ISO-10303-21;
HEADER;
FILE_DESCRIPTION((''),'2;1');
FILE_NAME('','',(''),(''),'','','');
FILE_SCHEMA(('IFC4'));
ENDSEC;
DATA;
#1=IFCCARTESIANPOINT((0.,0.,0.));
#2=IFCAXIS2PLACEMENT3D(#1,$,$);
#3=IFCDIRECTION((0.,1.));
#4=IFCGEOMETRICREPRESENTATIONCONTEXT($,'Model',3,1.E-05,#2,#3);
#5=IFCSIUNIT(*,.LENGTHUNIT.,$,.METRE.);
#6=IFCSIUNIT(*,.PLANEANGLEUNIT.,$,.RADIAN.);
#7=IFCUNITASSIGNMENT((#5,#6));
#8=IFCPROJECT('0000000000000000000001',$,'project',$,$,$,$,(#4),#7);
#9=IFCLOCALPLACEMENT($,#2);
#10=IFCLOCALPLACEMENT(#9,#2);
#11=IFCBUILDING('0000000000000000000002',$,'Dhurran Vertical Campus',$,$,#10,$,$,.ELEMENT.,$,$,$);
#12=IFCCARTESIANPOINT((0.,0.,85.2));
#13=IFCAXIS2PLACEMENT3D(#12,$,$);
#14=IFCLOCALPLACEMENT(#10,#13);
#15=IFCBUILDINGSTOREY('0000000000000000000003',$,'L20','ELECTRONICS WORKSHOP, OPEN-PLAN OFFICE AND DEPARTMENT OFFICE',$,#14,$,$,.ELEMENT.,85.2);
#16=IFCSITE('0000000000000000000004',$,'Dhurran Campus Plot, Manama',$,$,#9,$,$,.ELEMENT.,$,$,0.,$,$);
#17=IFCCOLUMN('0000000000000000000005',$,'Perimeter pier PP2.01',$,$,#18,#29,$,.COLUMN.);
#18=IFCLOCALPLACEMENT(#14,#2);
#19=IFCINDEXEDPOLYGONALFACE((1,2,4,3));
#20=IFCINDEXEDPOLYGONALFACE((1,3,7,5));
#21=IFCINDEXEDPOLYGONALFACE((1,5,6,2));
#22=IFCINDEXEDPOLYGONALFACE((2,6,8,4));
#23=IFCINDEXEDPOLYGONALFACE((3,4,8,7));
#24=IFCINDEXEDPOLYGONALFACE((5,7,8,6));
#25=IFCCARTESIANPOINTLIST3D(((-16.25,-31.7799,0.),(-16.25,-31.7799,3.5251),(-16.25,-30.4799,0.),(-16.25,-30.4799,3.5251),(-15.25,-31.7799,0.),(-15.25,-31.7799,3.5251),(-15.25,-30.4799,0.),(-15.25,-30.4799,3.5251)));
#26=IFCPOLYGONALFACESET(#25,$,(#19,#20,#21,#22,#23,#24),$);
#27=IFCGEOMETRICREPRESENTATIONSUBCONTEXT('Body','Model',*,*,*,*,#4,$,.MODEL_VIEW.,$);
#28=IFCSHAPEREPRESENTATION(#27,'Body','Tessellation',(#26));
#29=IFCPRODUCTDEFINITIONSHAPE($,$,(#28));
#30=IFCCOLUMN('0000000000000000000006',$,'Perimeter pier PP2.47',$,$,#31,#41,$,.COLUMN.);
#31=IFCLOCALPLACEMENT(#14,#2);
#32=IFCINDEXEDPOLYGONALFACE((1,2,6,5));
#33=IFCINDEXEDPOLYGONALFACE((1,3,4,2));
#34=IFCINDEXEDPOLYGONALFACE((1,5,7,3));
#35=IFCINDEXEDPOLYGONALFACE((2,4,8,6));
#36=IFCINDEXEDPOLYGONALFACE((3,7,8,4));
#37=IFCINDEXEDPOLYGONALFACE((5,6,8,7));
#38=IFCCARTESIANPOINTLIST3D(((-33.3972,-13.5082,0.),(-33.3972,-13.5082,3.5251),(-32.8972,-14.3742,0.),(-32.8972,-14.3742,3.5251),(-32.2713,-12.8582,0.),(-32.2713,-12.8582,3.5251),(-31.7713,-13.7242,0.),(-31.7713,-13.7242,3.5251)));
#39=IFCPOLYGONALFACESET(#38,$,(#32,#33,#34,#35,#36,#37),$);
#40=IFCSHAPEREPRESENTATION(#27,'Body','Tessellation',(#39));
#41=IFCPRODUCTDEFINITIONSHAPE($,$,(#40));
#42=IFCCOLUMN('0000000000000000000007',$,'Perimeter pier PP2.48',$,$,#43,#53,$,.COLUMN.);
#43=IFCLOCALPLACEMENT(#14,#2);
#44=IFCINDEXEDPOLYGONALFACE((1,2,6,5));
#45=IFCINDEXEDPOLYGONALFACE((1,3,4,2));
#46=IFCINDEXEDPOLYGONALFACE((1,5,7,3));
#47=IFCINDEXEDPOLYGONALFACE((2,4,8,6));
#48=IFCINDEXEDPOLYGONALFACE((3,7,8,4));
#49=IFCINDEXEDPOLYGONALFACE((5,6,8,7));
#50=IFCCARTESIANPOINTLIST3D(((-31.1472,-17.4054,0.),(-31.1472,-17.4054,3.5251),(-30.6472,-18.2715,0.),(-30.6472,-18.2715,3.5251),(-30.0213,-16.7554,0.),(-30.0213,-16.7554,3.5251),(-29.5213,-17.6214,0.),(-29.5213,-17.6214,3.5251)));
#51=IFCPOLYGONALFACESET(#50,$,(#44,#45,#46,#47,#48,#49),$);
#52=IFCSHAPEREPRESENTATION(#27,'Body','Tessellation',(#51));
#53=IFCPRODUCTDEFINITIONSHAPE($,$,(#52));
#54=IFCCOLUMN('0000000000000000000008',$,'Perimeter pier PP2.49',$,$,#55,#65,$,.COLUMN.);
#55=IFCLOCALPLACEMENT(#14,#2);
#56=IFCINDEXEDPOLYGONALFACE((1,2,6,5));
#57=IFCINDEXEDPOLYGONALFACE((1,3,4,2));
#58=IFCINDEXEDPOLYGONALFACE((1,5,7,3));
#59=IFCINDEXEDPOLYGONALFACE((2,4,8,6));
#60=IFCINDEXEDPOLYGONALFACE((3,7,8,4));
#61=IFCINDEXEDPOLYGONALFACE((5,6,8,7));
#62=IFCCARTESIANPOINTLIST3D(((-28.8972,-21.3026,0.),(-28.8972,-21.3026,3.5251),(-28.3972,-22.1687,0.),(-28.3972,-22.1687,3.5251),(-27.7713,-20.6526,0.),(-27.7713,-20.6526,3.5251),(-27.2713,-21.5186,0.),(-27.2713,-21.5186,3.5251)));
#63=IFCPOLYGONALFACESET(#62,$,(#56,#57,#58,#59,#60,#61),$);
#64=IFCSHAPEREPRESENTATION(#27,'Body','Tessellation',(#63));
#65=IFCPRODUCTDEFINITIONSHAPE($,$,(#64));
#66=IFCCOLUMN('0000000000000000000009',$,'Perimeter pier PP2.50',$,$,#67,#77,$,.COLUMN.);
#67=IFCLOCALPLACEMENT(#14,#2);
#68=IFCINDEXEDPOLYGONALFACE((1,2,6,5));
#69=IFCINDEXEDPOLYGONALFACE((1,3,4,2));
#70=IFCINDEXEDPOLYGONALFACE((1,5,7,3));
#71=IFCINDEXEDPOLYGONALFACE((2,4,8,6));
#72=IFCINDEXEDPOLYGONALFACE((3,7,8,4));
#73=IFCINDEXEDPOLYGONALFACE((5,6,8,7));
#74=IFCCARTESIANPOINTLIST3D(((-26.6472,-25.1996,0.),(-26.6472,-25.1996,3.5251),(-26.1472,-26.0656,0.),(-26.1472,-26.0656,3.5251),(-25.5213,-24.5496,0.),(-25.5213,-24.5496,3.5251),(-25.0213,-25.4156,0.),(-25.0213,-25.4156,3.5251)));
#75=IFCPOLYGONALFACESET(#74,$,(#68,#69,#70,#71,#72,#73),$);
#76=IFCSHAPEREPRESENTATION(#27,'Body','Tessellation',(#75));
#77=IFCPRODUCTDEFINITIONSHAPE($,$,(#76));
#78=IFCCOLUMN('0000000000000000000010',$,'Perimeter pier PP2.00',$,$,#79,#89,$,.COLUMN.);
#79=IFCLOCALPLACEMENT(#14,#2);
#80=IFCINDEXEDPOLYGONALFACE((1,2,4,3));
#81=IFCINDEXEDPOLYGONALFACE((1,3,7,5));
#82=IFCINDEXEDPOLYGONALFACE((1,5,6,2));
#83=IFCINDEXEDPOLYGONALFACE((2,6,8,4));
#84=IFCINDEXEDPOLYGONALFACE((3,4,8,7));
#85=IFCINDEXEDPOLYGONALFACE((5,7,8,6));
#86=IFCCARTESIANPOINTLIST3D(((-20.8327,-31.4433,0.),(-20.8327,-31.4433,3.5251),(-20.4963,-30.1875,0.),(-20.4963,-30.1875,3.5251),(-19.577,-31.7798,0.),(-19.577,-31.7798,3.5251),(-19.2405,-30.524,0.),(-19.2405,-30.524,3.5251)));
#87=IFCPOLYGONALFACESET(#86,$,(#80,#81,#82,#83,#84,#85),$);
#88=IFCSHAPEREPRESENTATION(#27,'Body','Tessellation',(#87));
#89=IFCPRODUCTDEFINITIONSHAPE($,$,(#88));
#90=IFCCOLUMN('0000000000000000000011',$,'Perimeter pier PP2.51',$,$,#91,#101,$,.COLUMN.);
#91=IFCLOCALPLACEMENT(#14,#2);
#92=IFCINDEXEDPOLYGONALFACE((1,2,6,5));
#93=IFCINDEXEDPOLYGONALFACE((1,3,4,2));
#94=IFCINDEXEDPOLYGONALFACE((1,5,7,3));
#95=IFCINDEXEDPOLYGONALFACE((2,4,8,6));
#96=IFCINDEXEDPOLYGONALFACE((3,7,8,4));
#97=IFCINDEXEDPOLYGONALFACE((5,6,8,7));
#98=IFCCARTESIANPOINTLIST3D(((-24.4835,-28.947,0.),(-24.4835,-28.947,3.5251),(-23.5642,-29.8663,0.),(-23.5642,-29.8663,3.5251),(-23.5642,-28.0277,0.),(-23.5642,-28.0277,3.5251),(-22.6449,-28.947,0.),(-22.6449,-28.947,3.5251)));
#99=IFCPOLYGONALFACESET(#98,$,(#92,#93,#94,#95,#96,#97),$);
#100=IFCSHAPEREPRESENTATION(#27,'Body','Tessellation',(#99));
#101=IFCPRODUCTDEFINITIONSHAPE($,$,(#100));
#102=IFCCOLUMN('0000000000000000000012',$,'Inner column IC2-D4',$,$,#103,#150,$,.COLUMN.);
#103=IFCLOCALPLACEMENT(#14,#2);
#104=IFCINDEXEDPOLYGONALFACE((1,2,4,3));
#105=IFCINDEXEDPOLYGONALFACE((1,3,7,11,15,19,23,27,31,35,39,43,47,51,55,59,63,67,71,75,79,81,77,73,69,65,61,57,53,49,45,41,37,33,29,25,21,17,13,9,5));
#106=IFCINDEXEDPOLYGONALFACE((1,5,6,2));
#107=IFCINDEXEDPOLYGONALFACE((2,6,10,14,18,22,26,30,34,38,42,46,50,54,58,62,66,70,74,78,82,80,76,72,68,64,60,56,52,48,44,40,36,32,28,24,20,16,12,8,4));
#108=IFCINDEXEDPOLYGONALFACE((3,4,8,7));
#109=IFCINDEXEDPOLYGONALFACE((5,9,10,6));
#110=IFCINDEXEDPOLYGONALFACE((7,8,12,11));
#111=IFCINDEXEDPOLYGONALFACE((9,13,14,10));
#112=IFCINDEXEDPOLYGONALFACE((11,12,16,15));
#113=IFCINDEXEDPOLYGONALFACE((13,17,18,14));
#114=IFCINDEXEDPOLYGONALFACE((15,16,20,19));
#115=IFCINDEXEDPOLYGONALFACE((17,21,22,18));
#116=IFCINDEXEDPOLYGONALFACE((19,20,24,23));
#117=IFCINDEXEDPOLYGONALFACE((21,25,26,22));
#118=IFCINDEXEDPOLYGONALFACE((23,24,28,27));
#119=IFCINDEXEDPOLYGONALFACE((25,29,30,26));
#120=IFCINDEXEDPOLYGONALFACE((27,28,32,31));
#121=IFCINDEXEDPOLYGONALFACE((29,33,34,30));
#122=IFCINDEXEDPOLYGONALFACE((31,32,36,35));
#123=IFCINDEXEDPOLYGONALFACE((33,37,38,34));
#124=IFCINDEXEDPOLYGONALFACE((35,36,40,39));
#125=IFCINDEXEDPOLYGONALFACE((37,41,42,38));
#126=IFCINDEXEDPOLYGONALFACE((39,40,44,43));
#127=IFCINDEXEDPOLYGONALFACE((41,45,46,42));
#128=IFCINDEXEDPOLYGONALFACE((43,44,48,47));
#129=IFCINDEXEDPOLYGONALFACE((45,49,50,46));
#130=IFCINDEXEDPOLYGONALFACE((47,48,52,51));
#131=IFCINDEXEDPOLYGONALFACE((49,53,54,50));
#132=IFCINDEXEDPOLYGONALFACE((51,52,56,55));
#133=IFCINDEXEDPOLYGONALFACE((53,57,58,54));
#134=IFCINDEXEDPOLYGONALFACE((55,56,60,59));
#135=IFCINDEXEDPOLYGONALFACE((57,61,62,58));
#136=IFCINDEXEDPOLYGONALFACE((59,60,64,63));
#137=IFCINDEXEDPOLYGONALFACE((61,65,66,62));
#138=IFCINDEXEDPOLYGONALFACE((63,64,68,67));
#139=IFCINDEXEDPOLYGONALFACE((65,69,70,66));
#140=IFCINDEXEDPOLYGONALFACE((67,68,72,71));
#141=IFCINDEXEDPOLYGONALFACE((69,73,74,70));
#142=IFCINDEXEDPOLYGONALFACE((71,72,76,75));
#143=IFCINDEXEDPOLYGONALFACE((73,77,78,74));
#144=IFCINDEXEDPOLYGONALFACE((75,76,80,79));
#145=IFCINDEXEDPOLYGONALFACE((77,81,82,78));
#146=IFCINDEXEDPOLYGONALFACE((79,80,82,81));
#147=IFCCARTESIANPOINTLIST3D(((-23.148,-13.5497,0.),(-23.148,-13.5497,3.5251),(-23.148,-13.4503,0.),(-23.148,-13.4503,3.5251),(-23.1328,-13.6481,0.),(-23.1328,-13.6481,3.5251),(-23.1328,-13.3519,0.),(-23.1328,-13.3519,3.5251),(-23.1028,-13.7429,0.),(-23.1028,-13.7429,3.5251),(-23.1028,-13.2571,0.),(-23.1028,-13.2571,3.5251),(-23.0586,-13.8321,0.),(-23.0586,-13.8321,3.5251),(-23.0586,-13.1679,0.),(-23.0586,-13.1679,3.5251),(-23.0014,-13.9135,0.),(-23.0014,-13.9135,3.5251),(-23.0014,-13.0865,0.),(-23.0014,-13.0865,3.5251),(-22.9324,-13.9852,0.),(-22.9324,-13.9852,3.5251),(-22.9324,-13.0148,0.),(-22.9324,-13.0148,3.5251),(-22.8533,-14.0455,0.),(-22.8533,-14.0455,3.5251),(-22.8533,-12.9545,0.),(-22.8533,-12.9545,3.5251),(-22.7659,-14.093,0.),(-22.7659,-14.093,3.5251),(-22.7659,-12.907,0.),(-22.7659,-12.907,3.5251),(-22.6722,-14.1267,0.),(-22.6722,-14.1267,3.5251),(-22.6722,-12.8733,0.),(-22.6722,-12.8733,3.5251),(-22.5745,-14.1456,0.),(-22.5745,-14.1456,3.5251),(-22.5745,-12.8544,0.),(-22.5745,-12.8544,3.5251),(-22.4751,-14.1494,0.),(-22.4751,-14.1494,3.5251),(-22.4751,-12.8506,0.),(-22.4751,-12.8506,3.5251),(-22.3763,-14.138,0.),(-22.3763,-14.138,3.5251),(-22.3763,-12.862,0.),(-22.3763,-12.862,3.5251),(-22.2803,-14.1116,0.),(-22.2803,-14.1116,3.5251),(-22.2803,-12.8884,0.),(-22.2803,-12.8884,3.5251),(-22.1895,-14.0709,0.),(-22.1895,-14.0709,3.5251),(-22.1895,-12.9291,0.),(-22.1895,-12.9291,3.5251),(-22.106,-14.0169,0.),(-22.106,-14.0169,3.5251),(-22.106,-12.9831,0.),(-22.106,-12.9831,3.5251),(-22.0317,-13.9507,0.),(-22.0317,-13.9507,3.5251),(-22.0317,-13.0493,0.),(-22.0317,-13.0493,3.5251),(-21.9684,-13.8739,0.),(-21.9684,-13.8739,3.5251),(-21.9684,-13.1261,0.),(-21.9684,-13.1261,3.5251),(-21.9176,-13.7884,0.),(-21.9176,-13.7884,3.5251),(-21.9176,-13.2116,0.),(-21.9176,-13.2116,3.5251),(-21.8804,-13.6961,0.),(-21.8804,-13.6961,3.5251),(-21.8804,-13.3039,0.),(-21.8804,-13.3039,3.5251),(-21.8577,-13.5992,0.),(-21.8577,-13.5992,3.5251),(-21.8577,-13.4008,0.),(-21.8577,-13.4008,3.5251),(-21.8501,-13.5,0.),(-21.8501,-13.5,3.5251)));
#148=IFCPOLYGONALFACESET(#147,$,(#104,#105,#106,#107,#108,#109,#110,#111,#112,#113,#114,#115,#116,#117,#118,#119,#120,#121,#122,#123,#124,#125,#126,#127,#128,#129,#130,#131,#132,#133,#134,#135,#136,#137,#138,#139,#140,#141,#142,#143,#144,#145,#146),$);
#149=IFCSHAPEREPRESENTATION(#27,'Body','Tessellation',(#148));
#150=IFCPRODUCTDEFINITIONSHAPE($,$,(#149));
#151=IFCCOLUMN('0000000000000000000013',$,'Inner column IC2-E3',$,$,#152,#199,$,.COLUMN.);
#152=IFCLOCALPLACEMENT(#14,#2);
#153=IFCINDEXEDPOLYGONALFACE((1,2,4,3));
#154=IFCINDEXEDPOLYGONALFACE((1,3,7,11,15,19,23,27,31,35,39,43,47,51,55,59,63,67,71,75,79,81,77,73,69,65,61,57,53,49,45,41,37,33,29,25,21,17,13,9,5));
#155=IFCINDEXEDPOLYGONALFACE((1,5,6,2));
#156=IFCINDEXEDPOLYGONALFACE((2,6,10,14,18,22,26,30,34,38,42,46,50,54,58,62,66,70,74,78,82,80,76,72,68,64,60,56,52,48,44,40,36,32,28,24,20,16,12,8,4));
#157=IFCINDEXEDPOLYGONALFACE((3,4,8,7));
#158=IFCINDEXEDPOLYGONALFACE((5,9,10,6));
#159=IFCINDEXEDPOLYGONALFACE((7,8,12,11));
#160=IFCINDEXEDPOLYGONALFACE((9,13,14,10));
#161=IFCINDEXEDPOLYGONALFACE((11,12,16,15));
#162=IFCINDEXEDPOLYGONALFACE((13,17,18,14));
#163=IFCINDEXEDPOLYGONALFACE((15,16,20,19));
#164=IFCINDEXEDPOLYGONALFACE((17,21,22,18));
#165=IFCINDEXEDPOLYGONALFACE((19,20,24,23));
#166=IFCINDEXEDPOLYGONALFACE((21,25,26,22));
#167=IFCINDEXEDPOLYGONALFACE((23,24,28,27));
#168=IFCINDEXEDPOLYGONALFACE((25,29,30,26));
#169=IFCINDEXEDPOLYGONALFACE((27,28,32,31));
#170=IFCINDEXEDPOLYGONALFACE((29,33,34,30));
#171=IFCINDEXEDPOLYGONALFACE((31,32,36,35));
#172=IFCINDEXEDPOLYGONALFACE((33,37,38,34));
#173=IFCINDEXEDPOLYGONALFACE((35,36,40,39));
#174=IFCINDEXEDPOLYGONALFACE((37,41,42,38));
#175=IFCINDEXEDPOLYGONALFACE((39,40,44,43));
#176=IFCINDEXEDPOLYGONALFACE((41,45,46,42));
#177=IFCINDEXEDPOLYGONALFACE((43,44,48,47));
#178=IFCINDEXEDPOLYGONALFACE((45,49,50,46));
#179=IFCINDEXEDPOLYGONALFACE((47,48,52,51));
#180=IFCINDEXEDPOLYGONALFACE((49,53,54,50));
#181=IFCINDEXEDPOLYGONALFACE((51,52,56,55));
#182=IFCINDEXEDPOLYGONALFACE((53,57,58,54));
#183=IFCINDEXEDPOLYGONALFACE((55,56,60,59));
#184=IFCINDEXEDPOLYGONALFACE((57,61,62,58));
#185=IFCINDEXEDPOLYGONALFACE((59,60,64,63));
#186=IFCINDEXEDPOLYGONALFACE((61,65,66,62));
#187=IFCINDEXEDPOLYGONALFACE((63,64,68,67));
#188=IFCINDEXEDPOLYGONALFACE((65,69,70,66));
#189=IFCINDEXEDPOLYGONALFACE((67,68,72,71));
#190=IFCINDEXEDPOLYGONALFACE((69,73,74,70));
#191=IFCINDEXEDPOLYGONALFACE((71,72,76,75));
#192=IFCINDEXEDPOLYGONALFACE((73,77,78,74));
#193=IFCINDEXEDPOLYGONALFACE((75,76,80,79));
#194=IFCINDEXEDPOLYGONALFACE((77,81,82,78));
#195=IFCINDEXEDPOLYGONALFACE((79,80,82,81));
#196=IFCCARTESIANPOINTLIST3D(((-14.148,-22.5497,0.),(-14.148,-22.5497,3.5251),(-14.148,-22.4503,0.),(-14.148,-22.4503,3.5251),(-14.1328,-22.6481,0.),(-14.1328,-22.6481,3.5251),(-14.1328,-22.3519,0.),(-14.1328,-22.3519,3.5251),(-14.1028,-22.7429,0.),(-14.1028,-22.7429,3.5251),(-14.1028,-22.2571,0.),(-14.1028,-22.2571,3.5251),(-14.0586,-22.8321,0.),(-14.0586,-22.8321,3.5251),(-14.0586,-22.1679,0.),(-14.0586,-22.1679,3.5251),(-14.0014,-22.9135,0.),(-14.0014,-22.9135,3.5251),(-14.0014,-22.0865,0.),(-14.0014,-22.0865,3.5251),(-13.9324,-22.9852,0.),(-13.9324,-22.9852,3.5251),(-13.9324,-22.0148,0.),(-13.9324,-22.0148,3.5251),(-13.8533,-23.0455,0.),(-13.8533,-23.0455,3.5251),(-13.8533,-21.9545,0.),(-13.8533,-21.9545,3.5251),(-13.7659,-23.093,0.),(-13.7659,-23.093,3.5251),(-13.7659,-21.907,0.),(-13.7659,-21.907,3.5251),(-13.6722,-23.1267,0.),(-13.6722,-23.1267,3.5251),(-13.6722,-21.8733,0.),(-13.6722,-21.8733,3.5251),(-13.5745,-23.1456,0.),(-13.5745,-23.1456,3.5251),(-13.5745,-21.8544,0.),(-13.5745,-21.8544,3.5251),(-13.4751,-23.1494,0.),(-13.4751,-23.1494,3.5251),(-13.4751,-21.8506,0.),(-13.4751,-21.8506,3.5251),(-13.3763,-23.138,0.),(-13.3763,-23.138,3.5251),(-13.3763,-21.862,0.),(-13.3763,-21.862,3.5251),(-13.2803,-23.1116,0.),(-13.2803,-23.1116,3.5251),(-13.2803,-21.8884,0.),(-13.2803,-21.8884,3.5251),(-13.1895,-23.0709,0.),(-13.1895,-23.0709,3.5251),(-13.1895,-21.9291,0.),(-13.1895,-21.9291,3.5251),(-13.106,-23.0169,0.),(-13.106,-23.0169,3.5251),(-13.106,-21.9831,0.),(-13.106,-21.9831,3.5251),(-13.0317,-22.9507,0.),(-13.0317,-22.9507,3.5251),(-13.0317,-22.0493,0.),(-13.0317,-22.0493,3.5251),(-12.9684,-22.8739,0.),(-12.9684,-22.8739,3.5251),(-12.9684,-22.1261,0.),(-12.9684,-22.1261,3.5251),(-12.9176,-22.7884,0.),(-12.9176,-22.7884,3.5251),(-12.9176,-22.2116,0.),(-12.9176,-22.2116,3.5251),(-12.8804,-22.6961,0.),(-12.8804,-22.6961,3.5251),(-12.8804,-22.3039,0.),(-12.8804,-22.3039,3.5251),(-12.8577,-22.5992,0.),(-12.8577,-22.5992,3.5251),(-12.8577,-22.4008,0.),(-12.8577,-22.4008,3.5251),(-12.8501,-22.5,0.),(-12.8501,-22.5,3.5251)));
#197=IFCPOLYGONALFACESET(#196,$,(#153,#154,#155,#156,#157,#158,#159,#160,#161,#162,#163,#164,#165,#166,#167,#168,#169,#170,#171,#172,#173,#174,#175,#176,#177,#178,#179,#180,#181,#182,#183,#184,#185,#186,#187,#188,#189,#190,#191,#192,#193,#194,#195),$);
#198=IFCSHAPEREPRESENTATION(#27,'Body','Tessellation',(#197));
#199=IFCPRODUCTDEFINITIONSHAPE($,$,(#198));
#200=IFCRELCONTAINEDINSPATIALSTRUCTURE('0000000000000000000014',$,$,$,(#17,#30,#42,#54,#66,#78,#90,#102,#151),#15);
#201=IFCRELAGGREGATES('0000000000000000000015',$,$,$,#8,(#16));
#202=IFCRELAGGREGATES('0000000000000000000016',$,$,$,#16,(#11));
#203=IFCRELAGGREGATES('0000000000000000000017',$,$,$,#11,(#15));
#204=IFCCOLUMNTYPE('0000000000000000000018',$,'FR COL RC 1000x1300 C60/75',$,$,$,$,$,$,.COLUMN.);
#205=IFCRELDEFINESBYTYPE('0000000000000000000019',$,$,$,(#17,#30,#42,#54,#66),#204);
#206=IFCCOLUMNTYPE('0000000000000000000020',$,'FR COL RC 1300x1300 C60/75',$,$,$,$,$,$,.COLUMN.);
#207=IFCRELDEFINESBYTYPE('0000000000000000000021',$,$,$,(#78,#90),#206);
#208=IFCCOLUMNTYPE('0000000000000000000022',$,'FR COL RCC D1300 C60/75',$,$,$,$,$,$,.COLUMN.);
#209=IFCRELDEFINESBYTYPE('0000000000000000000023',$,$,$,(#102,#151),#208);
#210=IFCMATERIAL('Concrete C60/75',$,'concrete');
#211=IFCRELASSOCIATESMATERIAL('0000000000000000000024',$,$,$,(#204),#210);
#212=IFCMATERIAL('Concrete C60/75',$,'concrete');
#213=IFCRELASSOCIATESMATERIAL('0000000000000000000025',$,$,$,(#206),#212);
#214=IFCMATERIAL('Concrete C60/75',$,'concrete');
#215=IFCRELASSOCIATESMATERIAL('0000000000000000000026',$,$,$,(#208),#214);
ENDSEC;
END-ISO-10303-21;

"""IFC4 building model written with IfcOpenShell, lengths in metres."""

from ifc_helpers import new_model, si_unit, direction, frame, origin, origin_2d, place, context, subcontext, project, spatial, rectangle, circle, extrude, material, material_profile, profile_set, type_object, element, save


model = new_model("IFC4")

# Units and contexts
model_context = context("Model", 3, precision=1e-05, world=origin(), true_north=direction((0.0, 1.0)))
body_context = subcontext(model_context, "Body", "Model", "MODEL_VIEW")
ifc_project = project(units=[si_unit("LENGTHUNIT", "METRE"), si_unit("PLANEANGLEUNIT", "RADIAN")], contexts=[model_context])

# Site, building, storey
site_placement = place(None, origin())
site = spatial("IfcSite", under=ifc_project, at=site_placement, Name="Dhurran Campus Plot, Manama", CompositionType="ELEMENT", RefElevation=0.0)
building_placement = place(site_placement, origin())
building = spatial("IfcBuilding", under=site, at=building_placement, Name="Dhurran Vertical Campus", CompositionType="ELEMENT")
storey_placement = place(building_placement, frame((0.0, 0.0, 85.2)))
storey = spatial("IfcBuildingStorey", under=building, at=storey_placement, Name="L20", Description="ELECTRONICS WORKSHOP, OPEN-PLAN OFFICE AND DEPARTMENT OFFICE", CompositionType="ELEMENT", Elevation=85.2)

# Columns
ifc_material_1 = material(Name="Concrete C60/75", Category="concrete")
ifc_material_profile_1 = material_profile(ifc_material_1, rectangle(XDim=1.0, YDim=1.3, at=origin_2d()), Name="RC 1000x1300")
ifc_profile_set_1 = profile_set([ifc_material_profile_1], Name="Concrete C60/75")
column_type_1 = type_object("IfcColumnType", Name="FR COL RC 1000x1300 C60/75", PredefinedType="COLUMN", material=ifc_profile_set_1)
for number, where, z_axis, x_axis, name in (
    (1, (-15.75, -31.1299, 0.0), (0.0, 0.0, 1.0), (1.0, 0.0, 0.0), "Perimeter pier PP2.01"),
    (2, (-32.5842, -13.6162, 0.0), (0.0, 0.0, 1.0), (0.5, -0.866025, 0.0), "Perimeter pier PP2.47"),
    (3, (-30.3342, -17.5134, 0.0), (0.0, 0.0, 1.0), (0.5, -0.866025, 0.0), "Perimeter pier PP2.48"),
    (4, (-28.0842, -21.4106, 0.0), (0.0, 0.0, 1.0), (0.5, -0.866025, 0.0), "Perimeter pier PP2.49"),
    (5, (-25.8342, -25.3076, 0.0), (0.0, 0.0, 1.0), (0.5, -0.866025, 0.0), "Perimeter pier PP2.50"),
):
    element("IfcColumn", number, at=place(storey_placement, frame(where, z_axis=z_axis, x_axis=x_axis)), inside=storey, type_object=column_type_1, Name=name, PredefinedType="COLUMN", context=body_context, shape_type="SweptSolid", body=[
        extrude(rectangle(XDim=1.0, YDim=1.3, at=origin_2d()), origin(), (0.0, 0.0, 1.0), 3.5251),
    ])
ifc_material_2 = material(Name="Concrete C60/75", Category="concrete")
ifc_material_profile_2 = material_profile(ifc_material_2, rectangle(XDim=1.3, YDim=1.3, at=origin_2d()), Name="RC 1300x1300")
ifc_profile_set_2 = profile_set([ifc_material_profile_2], Name="Concrete C60/75")
column_type_2 = type_object("IfcColumnType", Name="FR COL RC 1300x1300 C60/75", PredefinedType="COLUMN", material=ifc_profile_set_2)
for number, where, z_axis, x_axis, name in (
    (6, (-20.0366, -30.9836, 0.0), (0.0, 0.0, 1.0), (0.965926, -0.258819, 0.0), "Perimeter pier PP2.00"),
    (7, (-23.5642, -28.947, 0.0), (0.0, 0.0, 1.0), (0.707107, -0.707107, 0.0), "Perimeter pier PP2.51"),
):
    element("IfcColumn", number, at=place(storey_placement, frame(where, z_axis=z_axis, x_axis=x_axis)), inside=storey, type_object=column_type_2, Name=name, PredefinedType="COLUMN", context=body_context, shape_type="SweptSolid", body=[
        extrude(rectangle(XDim=1.3, YDim=1.3, at=origin_2d()), origin(), (0.0, 0.0, 1.0), 3.5251),
    ])
ifc_material_3 = material(Name="Concrete C60/75", Category="concrete")
ifc_material_profile_3 = material_profile(ifc_material_3, circle(Radius=0.6499, at=origin_2d()), Name="RCC D1300")
ifc_profile_set_3 = profile_set([ifc_material_profile_3], Name="Concrete C60/75")
column_type_3 = type_object("IfcColumnType", Name="FR COL RCC D1300 C60/75", PredefinedType="COLUMN", material=ifc_profile_set_3)
for number, where, z_axis, x_axis, name in (
    (8, (-22.5, -13.5, 0.0), (0.0, 0.0, 1.0), (1.0, 0.0, 0.0), "Inner column IC2-D4"),
    (9, (-13.5, -22.5, 0.0), (0.0, 0.0, 1.0), (1.0, 0.0, 0.0), "Inner column IC2-E3"),
):
    element("IfcColumn", number, at=place(storey_placement, frame(where, z_axis=z_axis, x_axis=x_axis)), inside=storey, type_object=column_type_3, Name=name, PredefinedType="COLUMN", context=body_context, shape_type="SweptSolid", body=[
        extrude(circle(Radius=0.6499, at=origin_2d()), origin(), (0.0, 0.0, 1.0), 3.5251),
    ])

save(model, "model.ifc")
